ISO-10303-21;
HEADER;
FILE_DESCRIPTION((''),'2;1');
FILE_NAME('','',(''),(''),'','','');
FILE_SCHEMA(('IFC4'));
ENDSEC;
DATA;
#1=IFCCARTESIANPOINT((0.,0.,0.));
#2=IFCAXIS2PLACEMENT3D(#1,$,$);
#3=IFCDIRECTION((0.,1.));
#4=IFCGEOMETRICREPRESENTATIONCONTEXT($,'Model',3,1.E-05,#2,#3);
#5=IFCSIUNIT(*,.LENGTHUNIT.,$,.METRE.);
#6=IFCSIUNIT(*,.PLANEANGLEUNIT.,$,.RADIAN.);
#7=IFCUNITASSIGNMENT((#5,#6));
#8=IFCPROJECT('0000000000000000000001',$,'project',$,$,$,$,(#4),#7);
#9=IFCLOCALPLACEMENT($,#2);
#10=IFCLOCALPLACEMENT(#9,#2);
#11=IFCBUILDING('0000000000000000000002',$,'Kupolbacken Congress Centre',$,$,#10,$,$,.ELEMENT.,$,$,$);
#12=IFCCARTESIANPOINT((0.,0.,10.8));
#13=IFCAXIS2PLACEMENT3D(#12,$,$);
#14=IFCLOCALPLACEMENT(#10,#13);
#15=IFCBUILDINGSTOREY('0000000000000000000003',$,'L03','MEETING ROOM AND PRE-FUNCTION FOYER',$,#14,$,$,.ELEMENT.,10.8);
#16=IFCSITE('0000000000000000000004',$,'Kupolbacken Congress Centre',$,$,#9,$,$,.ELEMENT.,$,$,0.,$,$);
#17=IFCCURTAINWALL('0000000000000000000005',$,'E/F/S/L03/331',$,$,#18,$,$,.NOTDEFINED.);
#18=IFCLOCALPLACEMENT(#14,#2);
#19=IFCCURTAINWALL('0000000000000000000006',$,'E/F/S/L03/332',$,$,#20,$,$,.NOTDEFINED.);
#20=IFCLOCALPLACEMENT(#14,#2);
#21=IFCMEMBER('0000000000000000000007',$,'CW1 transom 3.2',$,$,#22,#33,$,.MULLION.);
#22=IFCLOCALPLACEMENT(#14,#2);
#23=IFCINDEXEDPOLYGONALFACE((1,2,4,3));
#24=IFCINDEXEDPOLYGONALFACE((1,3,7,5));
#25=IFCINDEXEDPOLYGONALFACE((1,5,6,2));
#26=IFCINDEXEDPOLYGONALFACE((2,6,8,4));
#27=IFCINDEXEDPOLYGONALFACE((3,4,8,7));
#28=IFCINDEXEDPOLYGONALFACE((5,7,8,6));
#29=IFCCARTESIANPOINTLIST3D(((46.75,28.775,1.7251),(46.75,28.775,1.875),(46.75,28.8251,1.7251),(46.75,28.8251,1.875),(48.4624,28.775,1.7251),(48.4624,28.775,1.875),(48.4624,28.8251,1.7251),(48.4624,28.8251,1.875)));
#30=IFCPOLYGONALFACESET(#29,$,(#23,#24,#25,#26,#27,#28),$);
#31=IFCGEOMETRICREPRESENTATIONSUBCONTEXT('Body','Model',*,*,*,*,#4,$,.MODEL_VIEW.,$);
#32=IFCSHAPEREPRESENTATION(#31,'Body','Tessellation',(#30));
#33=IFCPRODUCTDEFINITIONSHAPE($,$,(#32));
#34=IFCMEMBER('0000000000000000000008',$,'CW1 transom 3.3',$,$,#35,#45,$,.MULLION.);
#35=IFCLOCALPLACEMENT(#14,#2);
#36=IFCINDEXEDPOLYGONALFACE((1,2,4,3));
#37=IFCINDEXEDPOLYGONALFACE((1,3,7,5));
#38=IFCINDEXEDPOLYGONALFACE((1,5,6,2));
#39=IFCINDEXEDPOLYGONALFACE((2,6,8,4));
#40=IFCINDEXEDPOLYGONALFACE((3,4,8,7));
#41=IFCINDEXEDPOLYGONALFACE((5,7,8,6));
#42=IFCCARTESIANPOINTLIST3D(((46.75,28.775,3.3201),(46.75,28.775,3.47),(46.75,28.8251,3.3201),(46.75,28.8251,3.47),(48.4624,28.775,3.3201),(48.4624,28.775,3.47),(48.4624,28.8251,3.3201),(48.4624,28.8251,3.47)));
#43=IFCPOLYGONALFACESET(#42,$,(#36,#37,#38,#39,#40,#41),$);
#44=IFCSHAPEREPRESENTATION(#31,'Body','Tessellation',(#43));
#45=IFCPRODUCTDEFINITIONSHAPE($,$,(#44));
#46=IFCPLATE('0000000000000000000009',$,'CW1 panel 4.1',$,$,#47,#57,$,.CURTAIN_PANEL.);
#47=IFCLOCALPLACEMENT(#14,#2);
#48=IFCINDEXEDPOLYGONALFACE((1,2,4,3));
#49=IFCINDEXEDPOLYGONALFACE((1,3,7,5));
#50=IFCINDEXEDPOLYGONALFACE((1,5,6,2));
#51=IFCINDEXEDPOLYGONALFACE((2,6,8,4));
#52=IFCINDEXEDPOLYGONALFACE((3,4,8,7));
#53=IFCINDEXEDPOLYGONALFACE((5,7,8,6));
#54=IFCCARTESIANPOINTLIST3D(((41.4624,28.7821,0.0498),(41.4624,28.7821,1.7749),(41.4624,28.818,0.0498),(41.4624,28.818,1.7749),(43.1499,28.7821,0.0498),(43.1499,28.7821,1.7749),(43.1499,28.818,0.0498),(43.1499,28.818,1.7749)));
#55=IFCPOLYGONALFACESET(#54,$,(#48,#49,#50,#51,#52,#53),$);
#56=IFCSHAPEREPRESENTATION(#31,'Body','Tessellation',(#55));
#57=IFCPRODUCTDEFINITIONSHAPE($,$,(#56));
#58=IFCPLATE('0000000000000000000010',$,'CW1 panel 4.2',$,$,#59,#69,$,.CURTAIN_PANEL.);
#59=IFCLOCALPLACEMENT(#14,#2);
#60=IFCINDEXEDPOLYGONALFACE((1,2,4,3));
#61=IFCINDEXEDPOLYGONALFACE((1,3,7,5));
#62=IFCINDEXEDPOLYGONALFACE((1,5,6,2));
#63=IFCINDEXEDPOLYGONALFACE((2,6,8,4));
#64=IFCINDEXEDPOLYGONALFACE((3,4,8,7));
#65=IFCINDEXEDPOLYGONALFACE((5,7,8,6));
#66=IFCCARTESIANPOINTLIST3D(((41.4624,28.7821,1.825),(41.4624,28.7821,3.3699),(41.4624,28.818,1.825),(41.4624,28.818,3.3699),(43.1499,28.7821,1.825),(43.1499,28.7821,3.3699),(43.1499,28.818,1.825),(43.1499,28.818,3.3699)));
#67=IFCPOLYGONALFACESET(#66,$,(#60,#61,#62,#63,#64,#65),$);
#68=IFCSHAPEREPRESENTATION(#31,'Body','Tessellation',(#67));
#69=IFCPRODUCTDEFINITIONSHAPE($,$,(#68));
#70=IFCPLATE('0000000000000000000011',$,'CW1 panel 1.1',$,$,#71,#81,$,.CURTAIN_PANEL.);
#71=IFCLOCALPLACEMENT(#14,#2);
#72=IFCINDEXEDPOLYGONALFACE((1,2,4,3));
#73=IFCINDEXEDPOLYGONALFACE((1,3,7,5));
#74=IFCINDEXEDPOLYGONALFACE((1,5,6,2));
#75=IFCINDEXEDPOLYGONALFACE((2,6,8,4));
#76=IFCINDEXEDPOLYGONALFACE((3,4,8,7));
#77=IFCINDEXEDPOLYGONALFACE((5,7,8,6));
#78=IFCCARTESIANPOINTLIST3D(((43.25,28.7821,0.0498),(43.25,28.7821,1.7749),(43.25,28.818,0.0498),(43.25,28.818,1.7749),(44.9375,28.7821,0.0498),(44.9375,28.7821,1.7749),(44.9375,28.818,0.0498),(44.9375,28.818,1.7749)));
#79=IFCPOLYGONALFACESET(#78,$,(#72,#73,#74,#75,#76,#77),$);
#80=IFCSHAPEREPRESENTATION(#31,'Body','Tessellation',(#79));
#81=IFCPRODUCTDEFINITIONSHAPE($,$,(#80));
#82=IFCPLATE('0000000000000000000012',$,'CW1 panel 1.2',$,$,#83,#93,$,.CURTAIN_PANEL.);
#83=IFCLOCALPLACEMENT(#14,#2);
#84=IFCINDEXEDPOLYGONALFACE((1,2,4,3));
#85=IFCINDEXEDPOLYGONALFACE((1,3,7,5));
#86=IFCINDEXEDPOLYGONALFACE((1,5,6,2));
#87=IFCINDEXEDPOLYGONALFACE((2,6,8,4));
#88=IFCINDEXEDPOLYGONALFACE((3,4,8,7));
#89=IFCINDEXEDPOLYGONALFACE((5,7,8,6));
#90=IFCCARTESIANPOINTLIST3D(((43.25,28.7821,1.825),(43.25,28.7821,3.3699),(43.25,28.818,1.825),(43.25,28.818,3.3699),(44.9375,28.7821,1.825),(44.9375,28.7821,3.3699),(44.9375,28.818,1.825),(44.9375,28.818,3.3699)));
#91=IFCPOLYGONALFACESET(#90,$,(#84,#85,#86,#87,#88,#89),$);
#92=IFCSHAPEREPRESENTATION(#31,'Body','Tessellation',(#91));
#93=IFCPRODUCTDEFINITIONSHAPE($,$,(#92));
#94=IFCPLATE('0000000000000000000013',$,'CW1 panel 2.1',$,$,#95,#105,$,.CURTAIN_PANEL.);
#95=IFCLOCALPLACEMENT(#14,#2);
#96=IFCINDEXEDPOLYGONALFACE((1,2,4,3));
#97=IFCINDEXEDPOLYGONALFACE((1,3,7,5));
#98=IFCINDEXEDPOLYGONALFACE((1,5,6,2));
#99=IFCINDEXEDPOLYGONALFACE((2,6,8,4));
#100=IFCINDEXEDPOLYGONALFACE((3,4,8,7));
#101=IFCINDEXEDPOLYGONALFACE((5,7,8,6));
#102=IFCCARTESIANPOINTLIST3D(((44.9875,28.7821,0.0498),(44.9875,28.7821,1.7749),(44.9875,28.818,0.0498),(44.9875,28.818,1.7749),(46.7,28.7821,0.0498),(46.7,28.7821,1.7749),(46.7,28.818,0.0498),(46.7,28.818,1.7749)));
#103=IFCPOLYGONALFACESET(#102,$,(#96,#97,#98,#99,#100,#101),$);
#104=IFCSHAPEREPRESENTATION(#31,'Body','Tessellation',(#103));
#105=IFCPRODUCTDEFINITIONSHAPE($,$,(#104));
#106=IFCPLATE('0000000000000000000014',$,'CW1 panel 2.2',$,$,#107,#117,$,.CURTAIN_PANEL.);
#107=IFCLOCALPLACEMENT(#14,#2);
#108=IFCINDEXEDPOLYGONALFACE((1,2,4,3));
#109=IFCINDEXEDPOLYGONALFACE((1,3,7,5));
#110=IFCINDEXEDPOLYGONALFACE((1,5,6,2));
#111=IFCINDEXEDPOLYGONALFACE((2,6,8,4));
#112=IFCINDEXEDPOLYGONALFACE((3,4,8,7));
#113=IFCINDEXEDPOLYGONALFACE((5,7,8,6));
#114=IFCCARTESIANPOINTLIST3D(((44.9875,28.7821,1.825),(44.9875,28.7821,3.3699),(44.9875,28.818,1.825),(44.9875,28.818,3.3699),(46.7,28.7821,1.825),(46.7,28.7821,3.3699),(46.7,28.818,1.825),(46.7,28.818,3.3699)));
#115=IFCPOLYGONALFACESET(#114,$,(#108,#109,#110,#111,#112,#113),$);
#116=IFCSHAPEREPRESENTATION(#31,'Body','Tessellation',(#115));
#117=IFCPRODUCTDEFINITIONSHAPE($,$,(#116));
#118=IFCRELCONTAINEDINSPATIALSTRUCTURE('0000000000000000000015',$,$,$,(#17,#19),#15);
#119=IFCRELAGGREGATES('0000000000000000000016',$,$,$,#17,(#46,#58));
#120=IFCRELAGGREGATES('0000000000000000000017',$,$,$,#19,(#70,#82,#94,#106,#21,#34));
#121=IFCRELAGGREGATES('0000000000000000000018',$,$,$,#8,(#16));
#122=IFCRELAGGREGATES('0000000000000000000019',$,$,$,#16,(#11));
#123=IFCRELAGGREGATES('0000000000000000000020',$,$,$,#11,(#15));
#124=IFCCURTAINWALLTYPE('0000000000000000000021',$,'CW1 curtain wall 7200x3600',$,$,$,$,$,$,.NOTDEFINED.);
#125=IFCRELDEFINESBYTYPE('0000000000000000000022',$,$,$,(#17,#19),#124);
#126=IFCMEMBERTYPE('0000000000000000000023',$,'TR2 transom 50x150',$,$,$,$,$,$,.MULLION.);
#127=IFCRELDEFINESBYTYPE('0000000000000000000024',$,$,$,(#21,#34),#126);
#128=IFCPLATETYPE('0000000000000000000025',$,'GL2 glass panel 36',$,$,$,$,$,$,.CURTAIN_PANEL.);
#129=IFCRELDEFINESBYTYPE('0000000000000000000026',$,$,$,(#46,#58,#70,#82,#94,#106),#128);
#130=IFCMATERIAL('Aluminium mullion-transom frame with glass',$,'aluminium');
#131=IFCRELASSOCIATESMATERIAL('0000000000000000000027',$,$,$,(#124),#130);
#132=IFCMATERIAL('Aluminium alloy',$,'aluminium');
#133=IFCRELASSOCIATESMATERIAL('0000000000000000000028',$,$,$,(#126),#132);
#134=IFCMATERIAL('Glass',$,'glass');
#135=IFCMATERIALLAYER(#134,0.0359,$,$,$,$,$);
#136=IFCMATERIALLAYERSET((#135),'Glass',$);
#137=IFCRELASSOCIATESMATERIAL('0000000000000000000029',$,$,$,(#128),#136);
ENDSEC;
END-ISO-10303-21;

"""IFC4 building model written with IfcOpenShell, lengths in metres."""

from ifc_helpers import new_model, si_unit, direction, frame, origin, origin_2d, place, context, subcontext, project, spatial, rectangle, extrude, material, layer, layer_set, material_profile, profile_set, type_object, element, aggregate, save


model = new_model("IFC4")

# Units and contexts
model_context = context("Model", 3, precision=1e-05, world=origin(), true_north=direction((0.0, 1.0)))
body_context = subcontext(model_context, "Body", "Model", "MODEL_VIEW")
ifc_project = project(units=[si_unit("LENGTHUNIT", "METRE"), si_unit("PLANEANGLEUNIT", "RADIAN")], contexts=[model_context])

# Site, building, storey
site_placement = place(None, origin())
site = spatial("IfcSite", under=ifc_project, at=site_placement, Name="Kupolbacken Congress Centre", CompositionType="ELEMENT", RefElevation=0.0)
building_placement = place(site_placement, origin())
building = spatial("IfcBuilding", under=site, at=building_placement, Name="Kupolbacken Congress Centre", CompositionType="ELEMENT")
storey_placement = place(building_placement, frame((0.0, 0.0, 10.8)))
storey = spatial("IfcBuildingStorey", under=building, at=storey_placement, Name="L03", Description="MEETING ROOM AND PRE-FUNCTION FOYER", CompositionType="ELEMENT", Elevation=10.8)

# Curtain walls
ifc_material_1 = material(Name="Aluminium mullion-transom frame with glass", Category="aluminium")
curtain_wall_type = type_object("IfcCurtainWallType", Name="CW1 curtain wall 7200x3600", PredefinedType="NOTDEFINED", material=ifc_material_1)
curtain_wall_1_placement = place(storey_placement, origin())
curtain_wall_1 = element("IfcCurtainWall", 1, at=curtain_wall_1_placement, inside=storey, type_object=curtain_wall_type, Name="E/F/S/L03/331", PredefinedType="NOTDEFINED")
curtain_wall_2_placement = place(storey_placement, origin())
curtain_wall_2 = element("IfcCurtainWall", 2, at=curtain_wall_2_placement, inside=storey, type_object=curtain_wall_type, Name="E/F/S/L03/332", PredefinedType="NOTDEFINED")

# Members
ifc_material_2 = material(Name="Aluminium alloy", Category="aluminium")
ifc_material_profile_1 = material_profile(ifc_material_2, rectangle(XDim=0.05, YDim=0.1499, at=origin_2d()), Name="50 x 150")
ifc_profile_set_1 = profile_set([ifc_material_profile_1], Name="Aluminium alloy")
member_type_1 = type_object("IfcMemberType", Name="TR2 transom 50x150", PredefinedType="MULLION", material=ifc_profile_set_1)
member_1_placement = place(storey_placement, frame((46.75, 28.8, 1.8), z_axis=(1.0, 0.0, 0.0), x_axis=(0.0, 1.0, 0.0)))
member_1 = element("IfcMember", 3, at=member_1_placement, type_object=member_type_1, Name="CW1 transom 3.2", PredefinedType="MULLION", context=body_context, shape_type="SweptSolid", body=[
    extrude(rectangle(XDim=0.05, YDim=0.1499, at=origin_2d()), origin(), (0.0, 0.0, 1.0), 1.7124),
])
member_2_placement = place(storey_placement, frame((46.75, 28.8, 3.395), z_axis=(1.0, 0.0, 0.0), x_axis=(0.0, 1.0, 0.0)))
member_2 = element("IfcMember", 4, at=member_2_placement, type_object=member_type_1, Name="CW1 transom 3.3", PredefinedType="MULLION", context=body_context, shape_type="SweptSolid", body=[
    extrude(rectangle(XDim=0.05, YDim=0.1499, at=origin_2d()), origin(), (0.0, 0.0, 1.0), 1.7124),
])

# Plates
ifc_material_3 = material(Name="Glass", Category="glass")
ifc_layer = layer(ifc_material_3, 0.0359)
ifc_layer_set = layer_set([ifc_layer], Name="Glass")
plate_type = type_object("IfcPlateType", Name="GL2 glass panel 36", PredefinedType="CURTAIN_PANEL", material=ifc_layer_set)
plate_1_placement = place(storey_placement, frame((42.3062, 28.8, 0.0498), z_axis=(0.0, 0.0, 1.0), x_axis=(1.0, 0.0, 0.0)))
plate_1 = element("IfcPlate", 5, at=plate_1_placement, type_object=plate_type, Name="CW1 panel 4.1", PredefinedType="CURTAIN_PANEL", context=body_context, shape_type="SweptSolid", body=[
    extrude(rectangle(XDim=1.6875, YDim=0.0359, at=origin_2d()), origin(), (0.0, 0.0, 1.0), 1.7251),
])
plate_2_placement = place(storey_placement, frame((42.3062, 28.8, 1.825), z_axis=(0.0, 0.0, 1.0), x_axis=(1.0, 0.0, 0.0)))
plate_2 = element("IfcPlate", 6, at=plate_2_placement, type_object=plate_type, Name="CW1 panel 4.2", PredefinedType="CURTAIN_PANEL", context=body_context, shape_type="SweptSolid", body=[
    extrude(rectangle(XDim=1.6875, YDim=0.0359, at=origin_2d()), origin(), (0.0, 0.0, 1.0), 1.5449),
])
aggregate(curtain_wall_1, [plate_1, plate_2])
plate_3_placement = place(storey_placement, frame((44.0938, 28.8, 0.0498), z_axis=(0.0, 0.0, 1.0), x_axis=(1.0, 0.0, 0.0)))
plate_3 = element("IfcPlate", 7, at=plate_3_placement, type_object=plate_type, Name="CW1 panel 1.1", PredefinedType="CURTAIN_PANEL", context=body_context, shape_type="SweptSolid", body=[
    extrude(rectangle(XDim=1.6875, YDim=0.0359, at=origin_2d()), origin(), (0.0, 0.0, 1.0), 1.7251),
])
plate_4_placement = place(storey_placement, frame((44.0938, 28.8, 1.825), z_axis=(0.0, 0.0, 1.0), x_axis=(1.0, 0.0, 0.0)))
plate_4 = element("IfcPlate", 8, at=plate_4_placement, type_object=plate_type, Name="CW1 panel 1.2", PredefinedType="CURTAIN_PANEL", context=body_context, shape_type="SweptSolid", body=[
    extrude(rectangle(XDim=1.6875, YDim=0.0359, at=origin_2d()), origin(), (0.0, 0.0, 1.0), 1.5449),
])
plate_5_placement = place(storey_placement, frame((45.8438, 28.8, 0.0498), z_axis=(0.0, 0.0, 1.0), x_axis=(1.0, 0.0, 0.0)))
plate_5 = element("IfcPlate", 9, at=plate_5_placement, type_object=plate_type, Name="CW1 panel 2.1", PredefinedType="CURTAIN_PANEL", context=body_context, shape_type="SweptSolid", body=[
    extrude(rectangle(XDim=1.7124, YDim=0.0359, at=origin_2d()), origin(), (0.0, 0.0, 1.0), 1.7251),
])
plate_6_placement = place(storey_placement, frame((45.8438, 28.8, 1.825), z_axis=(0.0, 0.0, 1.0), x_axis=(1.0, 0.0, 0.0)))
plate_6 = element("IfcPlate", 10, at=plate_6_placement, type_object=plate_type, Name="CW1 panel 2.2", PredefinedType="CURTAIN_PANEL", context=body_context, shape_type="SweptSolid", body=[
    extrude(rectangle(XDim=1.7124, YDim=0.0359, at=origin_2d()), origin(), (0.0, 0.0, 1.0), 1.5449),
])
aggregate(curtain_wall_2, [plate_3, plate_4, plate_5, plate_6, member_1, member_2])

save(model, "model.ifc")
